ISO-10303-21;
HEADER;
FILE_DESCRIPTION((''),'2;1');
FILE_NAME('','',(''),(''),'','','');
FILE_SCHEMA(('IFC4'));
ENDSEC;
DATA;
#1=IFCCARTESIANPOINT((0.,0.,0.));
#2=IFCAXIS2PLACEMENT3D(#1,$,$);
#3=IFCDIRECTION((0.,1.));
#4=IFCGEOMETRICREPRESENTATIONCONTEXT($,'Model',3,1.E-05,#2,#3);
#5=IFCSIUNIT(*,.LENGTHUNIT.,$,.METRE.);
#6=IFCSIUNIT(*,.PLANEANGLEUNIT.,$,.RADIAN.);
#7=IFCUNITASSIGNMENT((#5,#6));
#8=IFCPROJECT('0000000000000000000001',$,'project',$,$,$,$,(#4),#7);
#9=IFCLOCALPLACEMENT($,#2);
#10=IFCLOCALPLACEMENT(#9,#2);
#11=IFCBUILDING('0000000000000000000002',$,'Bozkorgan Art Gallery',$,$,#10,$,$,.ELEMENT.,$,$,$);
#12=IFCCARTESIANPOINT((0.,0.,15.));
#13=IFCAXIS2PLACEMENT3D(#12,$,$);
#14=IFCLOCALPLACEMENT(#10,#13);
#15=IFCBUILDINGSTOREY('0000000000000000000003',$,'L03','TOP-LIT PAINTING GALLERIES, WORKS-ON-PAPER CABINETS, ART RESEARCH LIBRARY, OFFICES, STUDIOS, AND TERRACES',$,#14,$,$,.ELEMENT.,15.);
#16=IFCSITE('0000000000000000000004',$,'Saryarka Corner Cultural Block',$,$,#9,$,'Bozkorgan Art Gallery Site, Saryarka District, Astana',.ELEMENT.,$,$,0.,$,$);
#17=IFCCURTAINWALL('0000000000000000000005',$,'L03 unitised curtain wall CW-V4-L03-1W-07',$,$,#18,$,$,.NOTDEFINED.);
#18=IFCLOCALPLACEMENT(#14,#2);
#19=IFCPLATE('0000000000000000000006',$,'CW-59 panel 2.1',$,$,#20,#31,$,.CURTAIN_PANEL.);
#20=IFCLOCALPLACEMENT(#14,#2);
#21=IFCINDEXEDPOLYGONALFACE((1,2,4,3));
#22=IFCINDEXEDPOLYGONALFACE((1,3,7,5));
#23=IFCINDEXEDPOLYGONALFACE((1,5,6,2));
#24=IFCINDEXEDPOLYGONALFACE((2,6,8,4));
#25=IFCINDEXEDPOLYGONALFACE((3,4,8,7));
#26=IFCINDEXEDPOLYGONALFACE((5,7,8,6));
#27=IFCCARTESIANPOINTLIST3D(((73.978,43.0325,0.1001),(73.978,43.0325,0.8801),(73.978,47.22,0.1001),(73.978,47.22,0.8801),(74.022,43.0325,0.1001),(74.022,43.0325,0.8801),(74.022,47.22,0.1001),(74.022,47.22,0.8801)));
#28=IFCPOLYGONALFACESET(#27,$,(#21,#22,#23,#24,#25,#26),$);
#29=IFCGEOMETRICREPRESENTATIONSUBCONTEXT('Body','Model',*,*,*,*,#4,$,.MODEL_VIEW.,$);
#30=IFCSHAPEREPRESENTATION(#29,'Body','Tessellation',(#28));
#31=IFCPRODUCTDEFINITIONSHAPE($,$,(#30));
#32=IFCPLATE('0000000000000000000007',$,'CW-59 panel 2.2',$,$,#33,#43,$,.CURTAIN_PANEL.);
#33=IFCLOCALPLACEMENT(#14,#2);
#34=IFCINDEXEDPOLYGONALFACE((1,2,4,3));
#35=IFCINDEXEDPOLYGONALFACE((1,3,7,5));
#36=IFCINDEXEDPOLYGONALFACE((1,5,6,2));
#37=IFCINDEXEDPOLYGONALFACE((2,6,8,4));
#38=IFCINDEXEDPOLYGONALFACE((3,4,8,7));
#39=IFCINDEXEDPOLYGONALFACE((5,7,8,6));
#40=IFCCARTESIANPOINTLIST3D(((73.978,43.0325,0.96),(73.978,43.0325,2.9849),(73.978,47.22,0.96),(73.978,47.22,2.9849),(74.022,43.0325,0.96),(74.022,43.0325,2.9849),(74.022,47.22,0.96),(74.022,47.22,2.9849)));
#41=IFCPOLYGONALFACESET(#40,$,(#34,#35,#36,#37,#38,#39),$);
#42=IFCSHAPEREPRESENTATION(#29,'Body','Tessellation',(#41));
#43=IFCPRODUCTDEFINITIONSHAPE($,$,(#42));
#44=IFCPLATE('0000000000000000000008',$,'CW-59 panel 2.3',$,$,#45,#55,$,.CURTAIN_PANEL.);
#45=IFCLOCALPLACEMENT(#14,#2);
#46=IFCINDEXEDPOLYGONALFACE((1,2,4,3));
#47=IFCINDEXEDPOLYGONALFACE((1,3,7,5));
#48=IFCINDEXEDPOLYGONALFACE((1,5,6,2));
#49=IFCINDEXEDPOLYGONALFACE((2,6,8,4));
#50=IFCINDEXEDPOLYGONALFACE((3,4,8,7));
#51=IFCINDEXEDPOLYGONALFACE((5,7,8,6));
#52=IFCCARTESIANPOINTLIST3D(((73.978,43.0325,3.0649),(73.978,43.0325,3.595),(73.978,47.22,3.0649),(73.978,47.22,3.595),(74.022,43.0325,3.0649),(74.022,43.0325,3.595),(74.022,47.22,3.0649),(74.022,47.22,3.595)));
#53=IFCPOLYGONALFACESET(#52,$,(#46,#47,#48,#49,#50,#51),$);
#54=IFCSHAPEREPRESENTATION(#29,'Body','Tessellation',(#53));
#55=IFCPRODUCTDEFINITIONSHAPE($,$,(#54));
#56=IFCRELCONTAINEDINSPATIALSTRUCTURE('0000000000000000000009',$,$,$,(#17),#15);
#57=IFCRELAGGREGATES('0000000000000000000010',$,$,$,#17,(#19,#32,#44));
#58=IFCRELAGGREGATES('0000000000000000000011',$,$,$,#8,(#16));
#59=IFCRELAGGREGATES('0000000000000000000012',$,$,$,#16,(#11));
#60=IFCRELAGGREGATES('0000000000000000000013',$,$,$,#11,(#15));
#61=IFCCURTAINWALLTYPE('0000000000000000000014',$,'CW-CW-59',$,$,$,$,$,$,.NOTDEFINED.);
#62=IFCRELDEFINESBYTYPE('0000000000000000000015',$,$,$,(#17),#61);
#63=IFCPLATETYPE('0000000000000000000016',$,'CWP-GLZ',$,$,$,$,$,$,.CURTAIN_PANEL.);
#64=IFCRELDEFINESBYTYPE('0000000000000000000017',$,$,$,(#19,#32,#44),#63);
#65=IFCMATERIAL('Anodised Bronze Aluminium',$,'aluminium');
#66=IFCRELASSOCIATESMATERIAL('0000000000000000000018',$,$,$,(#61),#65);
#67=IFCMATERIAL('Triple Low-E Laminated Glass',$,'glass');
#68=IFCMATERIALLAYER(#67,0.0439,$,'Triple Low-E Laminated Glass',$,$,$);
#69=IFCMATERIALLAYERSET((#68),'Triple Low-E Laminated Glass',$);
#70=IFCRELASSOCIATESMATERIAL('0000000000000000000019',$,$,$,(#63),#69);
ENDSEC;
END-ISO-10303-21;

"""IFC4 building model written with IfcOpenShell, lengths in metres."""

from ifc_helpers import new_model, si_unit, direction, frame, origin, origin_2d, place, context, subcontext, project, spatial, rectangle, extrude, material, layer, layer_set, type_object, element, aggregate, save


model = new_model("IFC4")

# Units and contexts
model_context = context("Model", 3, precision=1e-05, world=origin(), true_north=direction((0.0, 1.0)))
body_context = subcontext(model_context, "Body", "Model", "MODEL_VIEW")
ifc_project = project(units=[si_unit("LENGTHUNIT", "METRE"), si_unit("PLANEANGLEUNIT", "RADIAN")], contexts=[model_context])

# Site, building, storey
site_placement = place(None, origin())
site = spatial("IfcSite", under=ifc_project, at=site_placement, Name="Saryarka Corner Cultural Block", LongName="Bozkorgan Art Gallery Site, Saryarka District, Astana", CompositionType="ELEMENT", RefElevation=0.0)
building_placement = place(site_placement, origin())
building = spatial("IfcBuilding", under=site, at=building_placement, Name="Bozkorgan Art Gallery", CompositionType="ELEMENT")
storey_placement = place(building_placement, frame((0.0, 0.0, 15.0)))
storey = spatial("IfcBuildingStorey", under=building, at=storey_placement, Name="L03", Description="TOP-LIT PAINTING GALLERIES, WORKS-ON-PAPER CABINETS, ART RESEARCH LIBRARY, OFFICES, STUDIOS, AND TERRACES", CompositionType="ELEMENT", Elevation=15.0)

# Shared definitions
ifc_material_1 = material(Name="Anodised Bronze Aluminium", Category="aluminium")

# Curtain wall
curtain_wall_type_1 = type_object("IfcCurtainWallType", Name="CW-CW-59", PredefinedType="NOTDEFINED", material=ifc_material_1)
curtain_wall_1_placement = place(storey_placement, origin())
curtain_wall_1 = element("IfcCurtainWall", 1, at=curtain_wall_1_placement, inside=storey, type_object=curtain_wall_type_1, Name="L03 unitised curtain wall CW-V4-L03-1W-07", PredefinedType="NOTDEFINED")

# Plates
ifc_material_2 = material(Name="Triple Low-E Laminated Glass", Category="glass")
ifc_layer = layer(ifc_material_2, 0.0439, Name="Triple Low-E Laminated Glass")
ifc_layer_set = layer_set([ifc_layer], Name="Triple Low-E Laminated Glass")
plate_type = type_object("IfcPlateType", Name="CWP-GLZ", PredefinedType="CURTAIN_PANEL", material=ifc_layer_set)
plate_1_placement = place(storey_placement, frame((74.0, 45.1262, 0.1001), z_axis=(0.0, 0.0, 1.0), x_axis=(0.0, 1.0, 0.0)))
plate_1 = element("IfcPlate", 2, at=plate_1_placement, type_object=plate_type, Name="CW-59 panel 2.1", PredefinedType="CURTAIN_PANEL", context=body_context, shape_type="SweptSolid", body=[
    extrude(rectangle(XDim=4.1875, YDim=0.0439, at=origin_2d()), origin(), (0.0, 0.0, 1.0), 0.78),
])
plate_2_placement = place(storey_placement, frame((74.0, 45.1262, 0.96), z_axis=(0.0, 0.0, 1.0), x_axis=(0.0, 1.0, 0.0)))
plate_2 = element("IfcPlate", 3, at=plate_2_placement, type_object=plate_type, Name="CW-59 panel 2.2", PredefinedType="CURTAIN_PANEL", context=body_context, shape_type="SweptSolid", body=[
    extrude(rectangle(XDim=4.1875, YDim=0.0439, at=origin_2d()), origin(), (0.0, 0.0, 1.0), 2.0249),
])
plate_3_placement = place(storey_placement, frame((74.0, 45.1262, 3.0649), z_axis=(0.0, 0.0, 1.0), x_axis=(0.0, 1.0, 0.0)))
plate_3 = element("IfcPlate", 4, at=plate_3_placement, type_object=plate_type, Name="CW-59 panel 2.3", PredefinedType="CURTAIN_PANEL", context=body_context, shape_type="SweptSolid", body=[
    extrude(rectangle(XDim=4.1875, YDim=0.0439, at=origin_2d()), origin(), (0.0, 0.0, 1.0), 0.53),
])
aggregate(curtain_wall_1, [plate_1, plate_2, plate_3])

save(model, "model.ifc")
